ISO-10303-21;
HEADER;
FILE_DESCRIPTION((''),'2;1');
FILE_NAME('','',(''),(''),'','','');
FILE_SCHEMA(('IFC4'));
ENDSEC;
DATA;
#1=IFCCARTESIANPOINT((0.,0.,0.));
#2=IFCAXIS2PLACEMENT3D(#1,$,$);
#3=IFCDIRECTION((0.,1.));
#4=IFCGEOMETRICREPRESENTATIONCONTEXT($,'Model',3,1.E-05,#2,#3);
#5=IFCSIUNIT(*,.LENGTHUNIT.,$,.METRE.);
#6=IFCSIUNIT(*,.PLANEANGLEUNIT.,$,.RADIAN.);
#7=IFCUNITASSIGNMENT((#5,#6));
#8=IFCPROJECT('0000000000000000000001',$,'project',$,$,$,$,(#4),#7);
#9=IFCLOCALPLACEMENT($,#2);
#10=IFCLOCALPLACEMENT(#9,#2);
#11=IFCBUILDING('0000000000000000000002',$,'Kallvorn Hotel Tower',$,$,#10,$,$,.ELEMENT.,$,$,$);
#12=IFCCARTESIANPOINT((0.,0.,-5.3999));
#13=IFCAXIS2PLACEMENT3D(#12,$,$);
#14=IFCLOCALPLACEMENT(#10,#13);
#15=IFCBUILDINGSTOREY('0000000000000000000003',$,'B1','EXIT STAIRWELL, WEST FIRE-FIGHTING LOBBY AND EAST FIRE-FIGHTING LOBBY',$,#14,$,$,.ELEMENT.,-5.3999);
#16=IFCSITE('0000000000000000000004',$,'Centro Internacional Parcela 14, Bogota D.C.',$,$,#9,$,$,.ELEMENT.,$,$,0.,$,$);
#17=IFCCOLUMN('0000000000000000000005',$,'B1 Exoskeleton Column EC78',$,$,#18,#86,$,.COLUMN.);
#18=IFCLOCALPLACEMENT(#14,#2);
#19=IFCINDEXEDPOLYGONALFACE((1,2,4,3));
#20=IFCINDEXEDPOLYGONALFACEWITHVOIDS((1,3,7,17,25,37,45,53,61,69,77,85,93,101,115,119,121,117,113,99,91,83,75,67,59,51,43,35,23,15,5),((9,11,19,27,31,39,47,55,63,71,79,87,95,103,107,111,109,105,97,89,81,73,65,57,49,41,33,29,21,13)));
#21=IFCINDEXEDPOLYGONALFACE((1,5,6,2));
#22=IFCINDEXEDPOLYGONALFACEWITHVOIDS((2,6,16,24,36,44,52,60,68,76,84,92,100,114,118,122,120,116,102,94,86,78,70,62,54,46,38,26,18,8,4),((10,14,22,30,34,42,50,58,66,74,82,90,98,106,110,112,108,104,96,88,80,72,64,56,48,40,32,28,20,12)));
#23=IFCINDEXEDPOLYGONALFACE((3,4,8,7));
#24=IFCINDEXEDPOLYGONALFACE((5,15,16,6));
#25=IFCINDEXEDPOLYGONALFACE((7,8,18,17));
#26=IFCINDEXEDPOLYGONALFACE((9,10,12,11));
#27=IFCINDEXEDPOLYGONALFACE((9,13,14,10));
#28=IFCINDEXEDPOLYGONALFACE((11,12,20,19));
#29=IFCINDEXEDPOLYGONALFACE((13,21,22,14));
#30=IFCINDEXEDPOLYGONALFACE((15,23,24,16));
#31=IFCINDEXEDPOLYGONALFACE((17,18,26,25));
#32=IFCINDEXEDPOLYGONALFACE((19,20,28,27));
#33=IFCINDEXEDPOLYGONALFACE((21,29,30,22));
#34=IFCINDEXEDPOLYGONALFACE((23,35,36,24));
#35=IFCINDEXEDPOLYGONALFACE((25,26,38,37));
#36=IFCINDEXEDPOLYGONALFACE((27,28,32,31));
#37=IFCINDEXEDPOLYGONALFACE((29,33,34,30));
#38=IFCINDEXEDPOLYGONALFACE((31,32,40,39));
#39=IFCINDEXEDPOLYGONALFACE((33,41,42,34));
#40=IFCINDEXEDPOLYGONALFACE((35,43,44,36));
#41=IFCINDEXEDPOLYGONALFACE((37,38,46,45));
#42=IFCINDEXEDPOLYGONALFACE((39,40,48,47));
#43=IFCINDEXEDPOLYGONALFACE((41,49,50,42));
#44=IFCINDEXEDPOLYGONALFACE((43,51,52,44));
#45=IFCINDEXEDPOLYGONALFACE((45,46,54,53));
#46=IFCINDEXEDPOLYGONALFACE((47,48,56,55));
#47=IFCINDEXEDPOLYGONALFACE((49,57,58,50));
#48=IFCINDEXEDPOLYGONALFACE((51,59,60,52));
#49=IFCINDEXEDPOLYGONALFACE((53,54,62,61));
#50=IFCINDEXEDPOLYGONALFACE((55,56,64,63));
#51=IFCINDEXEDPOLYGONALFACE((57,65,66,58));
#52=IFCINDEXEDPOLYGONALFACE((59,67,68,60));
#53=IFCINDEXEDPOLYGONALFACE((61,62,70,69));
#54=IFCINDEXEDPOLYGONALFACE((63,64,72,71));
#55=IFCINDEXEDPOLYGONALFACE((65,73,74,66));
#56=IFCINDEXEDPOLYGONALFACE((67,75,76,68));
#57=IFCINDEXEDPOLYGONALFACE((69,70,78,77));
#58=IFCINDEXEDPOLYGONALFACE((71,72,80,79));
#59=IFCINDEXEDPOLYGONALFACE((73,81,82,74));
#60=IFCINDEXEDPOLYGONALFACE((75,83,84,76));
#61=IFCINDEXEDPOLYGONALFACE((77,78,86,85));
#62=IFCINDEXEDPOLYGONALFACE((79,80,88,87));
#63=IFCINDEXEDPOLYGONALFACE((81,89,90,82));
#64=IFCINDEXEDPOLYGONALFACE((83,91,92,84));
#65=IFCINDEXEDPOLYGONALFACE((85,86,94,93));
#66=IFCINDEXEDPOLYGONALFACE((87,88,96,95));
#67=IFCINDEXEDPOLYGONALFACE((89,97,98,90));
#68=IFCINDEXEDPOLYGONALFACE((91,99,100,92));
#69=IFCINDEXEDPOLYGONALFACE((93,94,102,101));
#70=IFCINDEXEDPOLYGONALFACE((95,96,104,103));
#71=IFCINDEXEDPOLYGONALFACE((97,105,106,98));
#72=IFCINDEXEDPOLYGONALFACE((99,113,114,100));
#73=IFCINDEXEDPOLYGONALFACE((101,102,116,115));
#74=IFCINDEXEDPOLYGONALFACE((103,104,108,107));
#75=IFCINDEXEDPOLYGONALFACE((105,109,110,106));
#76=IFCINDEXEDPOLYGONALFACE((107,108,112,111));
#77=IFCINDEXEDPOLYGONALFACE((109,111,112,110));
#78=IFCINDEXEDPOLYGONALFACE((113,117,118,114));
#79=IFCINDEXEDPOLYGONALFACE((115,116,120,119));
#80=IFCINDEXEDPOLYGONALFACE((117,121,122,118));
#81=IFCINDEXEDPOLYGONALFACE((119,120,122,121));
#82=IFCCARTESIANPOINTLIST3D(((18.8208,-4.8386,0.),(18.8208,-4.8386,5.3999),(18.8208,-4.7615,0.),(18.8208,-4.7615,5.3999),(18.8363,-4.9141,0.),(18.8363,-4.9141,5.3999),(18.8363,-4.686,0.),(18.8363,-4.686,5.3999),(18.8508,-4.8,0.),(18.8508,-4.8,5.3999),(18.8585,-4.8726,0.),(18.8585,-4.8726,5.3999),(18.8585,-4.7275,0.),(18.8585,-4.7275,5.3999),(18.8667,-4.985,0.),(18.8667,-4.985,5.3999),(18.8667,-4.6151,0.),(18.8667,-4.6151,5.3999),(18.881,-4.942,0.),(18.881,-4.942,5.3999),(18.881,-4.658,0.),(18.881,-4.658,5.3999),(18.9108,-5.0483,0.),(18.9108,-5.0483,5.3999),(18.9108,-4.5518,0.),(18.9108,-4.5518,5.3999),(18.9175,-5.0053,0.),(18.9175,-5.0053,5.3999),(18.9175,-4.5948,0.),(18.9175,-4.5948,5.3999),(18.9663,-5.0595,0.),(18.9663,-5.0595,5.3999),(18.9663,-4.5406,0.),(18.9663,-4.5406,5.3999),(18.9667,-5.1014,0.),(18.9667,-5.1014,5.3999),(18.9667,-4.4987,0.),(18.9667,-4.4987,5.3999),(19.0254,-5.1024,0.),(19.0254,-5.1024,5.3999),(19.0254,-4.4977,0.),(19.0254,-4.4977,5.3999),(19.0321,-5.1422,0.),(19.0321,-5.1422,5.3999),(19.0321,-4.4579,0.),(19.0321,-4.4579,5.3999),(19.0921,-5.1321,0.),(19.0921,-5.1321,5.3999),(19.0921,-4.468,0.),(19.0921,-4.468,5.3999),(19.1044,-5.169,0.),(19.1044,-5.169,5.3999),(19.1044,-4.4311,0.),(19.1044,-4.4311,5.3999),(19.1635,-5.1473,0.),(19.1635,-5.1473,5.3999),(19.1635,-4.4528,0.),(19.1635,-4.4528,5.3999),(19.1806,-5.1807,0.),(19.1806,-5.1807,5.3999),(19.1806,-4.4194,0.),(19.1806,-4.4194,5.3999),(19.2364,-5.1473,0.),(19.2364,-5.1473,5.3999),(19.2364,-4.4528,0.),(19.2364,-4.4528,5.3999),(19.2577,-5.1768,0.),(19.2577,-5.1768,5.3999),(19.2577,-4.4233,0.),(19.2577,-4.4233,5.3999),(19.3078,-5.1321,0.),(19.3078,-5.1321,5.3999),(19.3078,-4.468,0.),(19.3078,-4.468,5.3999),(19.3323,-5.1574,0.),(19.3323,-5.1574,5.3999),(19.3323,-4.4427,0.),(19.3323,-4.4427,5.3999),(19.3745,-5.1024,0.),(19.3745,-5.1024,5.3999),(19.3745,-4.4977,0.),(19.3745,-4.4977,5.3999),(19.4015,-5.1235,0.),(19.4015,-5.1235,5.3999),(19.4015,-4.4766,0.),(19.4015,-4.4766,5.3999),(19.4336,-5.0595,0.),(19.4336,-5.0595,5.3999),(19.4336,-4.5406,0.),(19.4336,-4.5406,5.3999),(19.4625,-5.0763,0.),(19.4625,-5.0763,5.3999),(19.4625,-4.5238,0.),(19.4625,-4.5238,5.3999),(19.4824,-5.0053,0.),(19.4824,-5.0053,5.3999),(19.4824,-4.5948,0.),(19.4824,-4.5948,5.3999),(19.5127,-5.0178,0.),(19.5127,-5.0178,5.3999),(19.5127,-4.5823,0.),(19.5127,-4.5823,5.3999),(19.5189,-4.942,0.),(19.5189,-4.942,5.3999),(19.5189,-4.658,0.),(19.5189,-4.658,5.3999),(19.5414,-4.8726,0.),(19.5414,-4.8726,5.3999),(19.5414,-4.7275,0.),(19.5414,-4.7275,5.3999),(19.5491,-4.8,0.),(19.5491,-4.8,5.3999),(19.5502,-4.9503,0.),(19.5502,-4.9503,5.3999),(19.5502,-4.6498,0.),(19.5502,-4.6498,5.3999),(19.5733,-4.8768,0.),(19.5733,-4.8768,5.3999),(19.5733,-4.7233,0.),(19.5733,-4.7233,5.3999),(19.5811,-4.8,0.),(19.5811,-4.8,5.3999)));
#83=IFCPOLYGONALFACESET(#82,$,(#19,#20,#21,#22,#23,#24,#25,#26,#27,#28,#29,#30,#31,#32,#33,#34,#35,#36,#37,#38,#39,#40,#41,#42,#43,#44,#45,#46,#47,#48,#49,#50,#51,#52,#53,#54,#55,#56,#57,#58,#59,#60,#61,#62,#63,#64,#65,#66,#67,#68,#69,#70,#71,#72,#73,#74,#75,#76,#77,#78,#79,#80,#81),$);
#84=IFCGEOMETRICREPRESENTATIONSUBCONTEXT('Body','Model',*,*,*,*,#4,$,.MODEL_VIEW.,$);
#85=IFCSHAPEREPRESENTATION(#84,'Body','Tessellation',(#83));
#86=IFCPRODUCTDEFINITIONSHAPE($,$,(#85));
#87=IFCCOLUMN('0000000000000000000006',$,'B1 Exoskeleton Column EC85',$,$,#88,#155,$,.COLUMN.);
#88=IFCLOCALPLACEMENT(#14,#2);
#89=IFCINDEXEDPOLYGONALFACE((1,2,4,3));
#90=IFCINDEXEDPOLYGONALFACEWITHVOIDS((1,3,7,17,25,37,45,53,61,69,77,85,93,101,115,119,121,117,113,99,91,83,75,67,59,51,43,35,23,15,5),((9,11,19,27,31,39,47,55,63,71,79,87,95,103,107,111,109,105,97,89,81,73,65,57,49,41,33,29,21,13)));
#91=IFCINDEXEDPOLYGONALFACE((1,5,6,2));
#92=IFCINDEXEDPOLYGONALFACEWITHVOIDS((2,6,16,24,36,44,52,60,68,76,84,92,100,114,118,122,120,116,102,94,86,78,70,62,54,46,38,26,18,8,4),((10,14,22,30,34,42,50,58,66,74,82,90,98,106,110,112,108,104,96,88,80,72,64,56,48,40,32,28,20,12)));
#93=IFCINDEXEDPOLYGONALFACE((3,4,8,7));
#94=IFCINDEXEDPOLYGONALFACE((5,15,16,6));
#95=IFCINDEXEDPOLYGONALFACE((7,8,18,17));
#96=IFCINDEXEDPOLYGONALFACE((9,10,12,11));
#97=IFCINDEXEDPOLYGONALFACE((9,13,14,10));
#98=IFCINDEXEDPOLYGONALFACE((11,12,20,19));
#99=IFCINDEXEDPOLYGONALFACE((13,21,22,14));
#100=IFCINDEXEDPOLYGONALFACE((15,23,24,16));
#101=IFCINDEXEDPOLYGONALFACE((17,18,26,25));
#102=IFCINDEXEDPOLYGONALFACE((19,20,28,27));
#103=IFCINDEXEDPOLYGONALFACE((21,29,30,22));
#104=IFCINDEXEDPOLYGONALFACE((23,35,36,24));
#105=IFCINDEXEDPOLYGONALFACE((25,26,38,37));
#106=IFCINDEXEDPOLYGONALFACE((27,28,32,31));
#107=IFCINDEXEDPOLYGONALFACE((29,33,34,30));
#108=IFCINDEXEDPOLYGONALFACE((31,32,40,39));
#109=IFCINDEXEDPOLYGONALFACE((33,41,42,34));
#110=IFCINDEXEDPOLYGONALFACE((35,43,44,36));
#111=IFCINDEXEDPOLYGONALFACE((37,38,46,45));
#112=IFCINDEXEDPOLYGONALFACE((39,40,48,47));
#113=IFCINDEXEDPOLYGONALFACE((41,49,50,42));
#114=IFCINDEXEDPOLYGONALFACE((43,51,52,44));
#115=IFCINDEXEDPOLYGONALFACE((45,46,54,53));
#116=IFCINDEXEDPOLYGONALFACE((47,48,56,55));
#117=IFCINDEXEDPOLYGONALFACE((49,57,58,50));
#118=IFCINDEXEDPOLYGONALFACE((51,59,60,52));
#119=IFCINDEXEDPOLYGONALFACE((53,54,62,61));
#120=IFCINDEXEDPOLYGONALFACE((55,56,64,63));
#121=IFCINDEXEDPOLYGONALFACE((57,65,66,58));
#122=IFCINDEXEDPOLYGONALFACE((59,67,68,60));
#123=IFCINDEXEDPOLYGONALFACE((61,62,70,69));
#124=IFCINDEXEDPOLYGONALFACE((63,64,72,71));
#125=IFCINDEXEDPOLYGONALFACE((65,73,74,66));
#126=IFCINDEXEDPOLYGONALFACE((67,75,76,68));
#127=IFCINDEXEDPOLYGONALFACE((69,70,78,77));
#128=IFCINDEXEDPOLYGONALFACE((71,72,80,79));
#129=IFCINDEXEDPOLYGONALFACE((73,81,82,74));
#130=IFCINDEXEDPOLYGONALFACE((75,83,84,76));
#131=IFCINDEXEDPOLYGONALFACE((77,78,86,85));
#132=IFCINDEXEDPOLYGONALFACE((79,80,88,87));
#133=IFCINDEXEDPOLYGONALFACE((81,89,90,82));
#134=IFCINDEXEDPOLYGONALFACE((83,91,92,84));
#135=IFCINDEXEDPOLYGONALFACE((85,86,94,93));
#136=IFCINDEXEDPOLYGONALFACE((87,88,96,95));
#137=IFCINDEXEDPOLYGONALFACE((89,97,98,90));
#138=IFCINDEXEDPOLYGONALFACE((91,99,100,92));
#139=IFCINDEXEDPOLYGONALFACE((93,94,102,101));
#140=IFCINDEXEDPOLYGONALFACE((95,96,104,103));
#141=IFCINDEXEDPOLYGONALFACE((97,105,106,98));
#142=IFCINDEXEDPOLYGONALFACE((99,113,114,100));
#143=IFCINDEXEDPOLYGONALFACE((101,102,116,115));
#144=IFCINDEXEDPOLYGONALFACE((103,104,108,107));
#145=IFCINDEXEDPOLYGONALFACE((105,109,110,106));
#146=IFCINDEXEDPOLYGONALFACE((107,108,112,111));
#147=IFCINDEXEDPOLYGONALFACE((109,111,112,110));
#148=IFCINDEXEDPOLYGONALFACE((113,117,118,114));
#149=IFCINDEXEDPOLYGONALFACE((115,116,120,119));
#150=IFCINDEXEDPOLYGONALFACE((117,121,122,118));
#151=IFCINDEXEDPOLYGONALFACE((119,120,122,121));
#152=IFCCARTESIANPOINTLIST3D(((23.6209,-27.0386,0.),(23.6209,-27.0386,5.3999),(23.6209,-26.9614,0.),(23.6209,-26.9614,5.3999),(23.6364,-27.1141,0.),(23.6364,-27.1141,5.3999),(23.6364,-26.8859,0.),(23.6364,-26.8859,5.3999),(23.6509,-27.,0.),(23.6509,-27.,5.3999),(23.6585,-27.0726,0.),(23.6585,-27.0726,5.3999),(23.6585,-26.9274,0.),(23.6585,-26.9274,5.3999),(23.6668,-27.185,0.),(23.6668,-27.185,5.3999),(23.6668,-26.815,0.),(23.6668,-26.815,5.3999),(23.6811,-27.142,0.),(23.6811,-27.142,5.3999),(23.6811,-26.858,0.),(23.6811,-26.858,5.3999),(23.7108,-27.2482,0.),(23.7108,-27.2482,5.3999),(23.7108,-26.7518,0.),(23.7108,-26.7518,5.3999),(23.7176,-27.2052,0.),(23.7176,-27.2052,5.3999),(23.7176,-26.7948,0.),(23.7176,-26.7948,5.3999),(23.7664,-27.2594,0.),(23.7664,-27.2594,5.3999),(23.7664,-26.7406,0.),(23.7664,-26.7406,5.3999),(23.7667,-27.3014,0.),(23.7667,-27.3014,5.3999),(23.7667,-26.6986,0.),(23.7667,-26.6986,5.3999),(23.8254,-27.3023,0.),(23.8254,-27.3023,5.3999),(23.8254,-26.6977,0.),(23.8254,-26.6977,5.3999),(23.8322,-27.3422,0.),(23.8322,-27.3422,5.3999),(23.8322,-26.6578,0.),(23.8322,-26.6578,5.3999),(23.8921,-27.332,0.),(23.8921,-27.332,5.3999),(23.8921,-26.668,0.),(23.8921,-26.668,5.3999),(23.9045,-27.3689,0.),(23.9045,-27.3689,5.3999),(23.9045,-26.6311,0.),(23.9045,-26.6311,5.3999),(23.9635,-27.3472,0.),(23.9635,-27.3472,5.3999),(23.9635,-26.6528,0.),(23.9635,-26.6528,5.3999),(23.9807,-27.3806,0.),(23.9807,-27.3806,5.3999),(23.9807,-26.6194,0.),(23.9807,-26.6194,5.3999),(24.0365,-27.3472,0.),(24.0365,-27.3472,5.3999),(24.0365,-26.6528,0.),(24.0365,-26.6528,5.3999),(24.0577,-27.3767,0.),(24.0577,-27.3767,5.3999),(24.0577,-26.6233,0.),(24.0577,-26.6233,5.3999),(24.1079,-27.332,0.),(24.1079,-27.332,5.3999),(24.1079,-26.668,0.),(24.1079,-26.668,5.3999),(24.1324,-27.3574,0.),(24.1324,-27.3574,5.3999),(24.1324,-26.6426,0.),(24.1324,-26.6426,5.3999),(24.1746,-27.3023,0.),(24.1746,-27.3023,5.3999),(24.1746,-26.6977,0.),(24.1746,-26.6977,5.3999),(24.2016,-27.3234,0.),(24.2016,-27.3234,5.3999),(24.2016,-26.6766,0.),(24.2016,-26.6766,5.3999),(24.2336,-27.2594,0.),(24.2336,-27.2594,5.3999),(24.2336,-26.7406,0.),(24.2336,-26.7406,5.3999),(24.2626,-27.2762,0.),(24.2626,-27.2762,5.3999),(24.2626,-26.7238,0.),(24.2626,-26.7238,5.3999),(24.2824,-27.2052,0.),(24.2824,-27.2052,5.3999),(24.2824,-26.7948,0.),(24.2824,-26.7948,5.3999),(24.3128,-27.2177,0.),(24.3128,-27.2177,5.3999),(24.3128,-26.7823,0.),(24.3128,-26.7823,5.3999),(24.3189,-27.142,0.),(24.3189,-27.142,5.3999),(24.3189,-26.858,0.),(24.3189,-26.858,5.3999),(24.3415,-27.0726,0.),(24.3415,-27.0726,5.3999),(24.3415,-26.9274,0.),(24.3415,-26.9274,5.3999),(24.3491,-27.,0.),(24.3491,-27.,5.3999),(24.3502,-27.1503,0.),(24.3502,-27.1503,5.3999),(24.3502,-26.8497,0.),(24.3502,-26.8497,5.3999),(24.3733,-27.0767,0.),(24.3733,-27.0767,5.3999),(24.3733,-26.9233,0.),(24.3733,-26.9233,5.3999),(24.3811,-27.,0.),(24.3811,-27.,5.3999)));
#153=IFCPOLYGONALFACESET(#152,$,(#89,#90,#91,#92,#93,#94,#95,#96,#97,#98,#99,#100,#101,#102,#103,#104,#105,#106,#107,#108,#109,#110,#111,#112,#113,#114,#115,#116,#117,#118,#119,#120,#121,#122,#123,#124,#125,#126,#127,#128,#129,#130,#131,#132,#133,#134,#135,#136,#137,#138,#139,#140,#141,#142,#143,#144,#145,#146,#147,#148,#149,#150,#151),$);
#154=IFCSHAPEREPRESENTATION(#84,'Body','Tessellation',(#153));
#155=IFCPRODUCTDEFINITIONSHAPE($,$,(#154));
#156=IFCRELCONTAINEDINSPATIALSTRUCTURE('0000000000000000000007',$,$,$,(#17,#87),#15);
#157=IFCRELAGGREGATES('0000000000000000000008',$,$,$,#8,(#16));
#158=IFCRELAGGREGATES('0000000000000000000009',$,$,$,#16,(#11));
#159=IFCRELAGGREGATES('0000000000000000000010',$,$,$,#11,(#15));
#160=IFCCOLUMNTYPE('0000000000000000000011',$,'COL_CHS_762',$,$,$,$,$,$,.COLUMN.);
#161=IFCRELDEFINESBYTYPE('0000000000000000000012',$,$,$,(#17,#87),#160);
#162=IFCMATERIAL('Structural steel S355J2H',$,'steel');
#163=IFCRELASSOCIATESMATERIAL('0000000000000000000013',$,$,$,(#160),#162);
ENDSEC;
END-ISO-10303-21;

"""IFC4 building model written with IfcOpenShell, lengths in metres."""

from ifc_helpers import new_model, si_unit, direction, frame, origin, origin_2d, place, context, subcontext, project, spatial, hollow_circle, extrude, material, material_profile, profile_set, type_object, element, save


model = new_model("IFC4")

# Units and contexts
model_context = context("Model", 3, precision=1e-05, world=origin(), true_north=direction((0.0, 1.0)))
body_context = subcontext(model_context, "Body", "Model", "MODEL_VIEW")
ifc_project = project(units=[si_unit("LENGTHUNIT", "METRE"), si_unit("PLANEANGLEUNIT", "RADIAN")], contexts=[model_context])

# Site, building, storey
site_placement = place(None, origin())
site = spatial("IfcSite", under=ifc_project, at=site_placement, Name="Centro Internacional Parcela 14, Bogota D.C.", CompositionType="ELEMENT", RefElevation=0.0)
building_placement = place(site_placement, origin())
building = spatial("IfcBuilding", under=site, at=building_placement, Name="Kallvorn Hotel Tower", CompositionType="ELEMENT")
storey_placement = place(building_placement, frame((0.0, 0.0, -5.3999)))
storey = spatial("IfcBuildingStorey", under=building, at=storey_placement, Name="B1", Description="EXIT STAIRWELL, WEST FIRE-FIGHTING LOBBY AND EAST FIRE-FIGHTING LOBBY", CompositionType="ELEMENT", Elevation=-5.3999)

# Columns
ifc_material_1 = material(Name="Structural steel S355J2H", Category="steel")
ifc_material_profile_1 = material_profile(ifc_material_1, hollow_circle(Radius=0.3811, WallThickness=0.032, at=origin_2d()), Name="CHS 762x32")
ifc_profile_set_1 = profile_set([ifc_material_profile_1], Name="Structural steel S355J2H")
column_type_1 = type_object("IfcColumnType", Name="COL_CHS_762", PredefinedType="COLUMN", material=ifc_profile_set_1)
for number, where, z_axis, x_axis, name in (
    (1, (19.2, -4.8, 0.0), (0.0, 0.0, 1.0), (1.0, 0.0, 0.0), "B1 Exoskeleton Column EC78"),
    (2, (24.0, -27.0, 0.0), (0.0, 0.0, 1.0), (1.0, 0.0, 0.0), "B1 Exoskeleton Column EC85"),
):
    element("IfcColumn", number, at=place(storey_placement, frame(where, z_axis=z_axis, x_axis=x_axis)), inside=storey, type_object=column_type_1, Name=name, PredefinedType="COLUMN", context=body_context, shape_type="SweptSolid", body=[
        extrude(hollow_circle(Radius=0.3811, WallThickness=0.032, at=origin_2d()), origin(), (0.0, 0.0, 1.0), 5.3999),
    ])

save(model, "model.ifc")
